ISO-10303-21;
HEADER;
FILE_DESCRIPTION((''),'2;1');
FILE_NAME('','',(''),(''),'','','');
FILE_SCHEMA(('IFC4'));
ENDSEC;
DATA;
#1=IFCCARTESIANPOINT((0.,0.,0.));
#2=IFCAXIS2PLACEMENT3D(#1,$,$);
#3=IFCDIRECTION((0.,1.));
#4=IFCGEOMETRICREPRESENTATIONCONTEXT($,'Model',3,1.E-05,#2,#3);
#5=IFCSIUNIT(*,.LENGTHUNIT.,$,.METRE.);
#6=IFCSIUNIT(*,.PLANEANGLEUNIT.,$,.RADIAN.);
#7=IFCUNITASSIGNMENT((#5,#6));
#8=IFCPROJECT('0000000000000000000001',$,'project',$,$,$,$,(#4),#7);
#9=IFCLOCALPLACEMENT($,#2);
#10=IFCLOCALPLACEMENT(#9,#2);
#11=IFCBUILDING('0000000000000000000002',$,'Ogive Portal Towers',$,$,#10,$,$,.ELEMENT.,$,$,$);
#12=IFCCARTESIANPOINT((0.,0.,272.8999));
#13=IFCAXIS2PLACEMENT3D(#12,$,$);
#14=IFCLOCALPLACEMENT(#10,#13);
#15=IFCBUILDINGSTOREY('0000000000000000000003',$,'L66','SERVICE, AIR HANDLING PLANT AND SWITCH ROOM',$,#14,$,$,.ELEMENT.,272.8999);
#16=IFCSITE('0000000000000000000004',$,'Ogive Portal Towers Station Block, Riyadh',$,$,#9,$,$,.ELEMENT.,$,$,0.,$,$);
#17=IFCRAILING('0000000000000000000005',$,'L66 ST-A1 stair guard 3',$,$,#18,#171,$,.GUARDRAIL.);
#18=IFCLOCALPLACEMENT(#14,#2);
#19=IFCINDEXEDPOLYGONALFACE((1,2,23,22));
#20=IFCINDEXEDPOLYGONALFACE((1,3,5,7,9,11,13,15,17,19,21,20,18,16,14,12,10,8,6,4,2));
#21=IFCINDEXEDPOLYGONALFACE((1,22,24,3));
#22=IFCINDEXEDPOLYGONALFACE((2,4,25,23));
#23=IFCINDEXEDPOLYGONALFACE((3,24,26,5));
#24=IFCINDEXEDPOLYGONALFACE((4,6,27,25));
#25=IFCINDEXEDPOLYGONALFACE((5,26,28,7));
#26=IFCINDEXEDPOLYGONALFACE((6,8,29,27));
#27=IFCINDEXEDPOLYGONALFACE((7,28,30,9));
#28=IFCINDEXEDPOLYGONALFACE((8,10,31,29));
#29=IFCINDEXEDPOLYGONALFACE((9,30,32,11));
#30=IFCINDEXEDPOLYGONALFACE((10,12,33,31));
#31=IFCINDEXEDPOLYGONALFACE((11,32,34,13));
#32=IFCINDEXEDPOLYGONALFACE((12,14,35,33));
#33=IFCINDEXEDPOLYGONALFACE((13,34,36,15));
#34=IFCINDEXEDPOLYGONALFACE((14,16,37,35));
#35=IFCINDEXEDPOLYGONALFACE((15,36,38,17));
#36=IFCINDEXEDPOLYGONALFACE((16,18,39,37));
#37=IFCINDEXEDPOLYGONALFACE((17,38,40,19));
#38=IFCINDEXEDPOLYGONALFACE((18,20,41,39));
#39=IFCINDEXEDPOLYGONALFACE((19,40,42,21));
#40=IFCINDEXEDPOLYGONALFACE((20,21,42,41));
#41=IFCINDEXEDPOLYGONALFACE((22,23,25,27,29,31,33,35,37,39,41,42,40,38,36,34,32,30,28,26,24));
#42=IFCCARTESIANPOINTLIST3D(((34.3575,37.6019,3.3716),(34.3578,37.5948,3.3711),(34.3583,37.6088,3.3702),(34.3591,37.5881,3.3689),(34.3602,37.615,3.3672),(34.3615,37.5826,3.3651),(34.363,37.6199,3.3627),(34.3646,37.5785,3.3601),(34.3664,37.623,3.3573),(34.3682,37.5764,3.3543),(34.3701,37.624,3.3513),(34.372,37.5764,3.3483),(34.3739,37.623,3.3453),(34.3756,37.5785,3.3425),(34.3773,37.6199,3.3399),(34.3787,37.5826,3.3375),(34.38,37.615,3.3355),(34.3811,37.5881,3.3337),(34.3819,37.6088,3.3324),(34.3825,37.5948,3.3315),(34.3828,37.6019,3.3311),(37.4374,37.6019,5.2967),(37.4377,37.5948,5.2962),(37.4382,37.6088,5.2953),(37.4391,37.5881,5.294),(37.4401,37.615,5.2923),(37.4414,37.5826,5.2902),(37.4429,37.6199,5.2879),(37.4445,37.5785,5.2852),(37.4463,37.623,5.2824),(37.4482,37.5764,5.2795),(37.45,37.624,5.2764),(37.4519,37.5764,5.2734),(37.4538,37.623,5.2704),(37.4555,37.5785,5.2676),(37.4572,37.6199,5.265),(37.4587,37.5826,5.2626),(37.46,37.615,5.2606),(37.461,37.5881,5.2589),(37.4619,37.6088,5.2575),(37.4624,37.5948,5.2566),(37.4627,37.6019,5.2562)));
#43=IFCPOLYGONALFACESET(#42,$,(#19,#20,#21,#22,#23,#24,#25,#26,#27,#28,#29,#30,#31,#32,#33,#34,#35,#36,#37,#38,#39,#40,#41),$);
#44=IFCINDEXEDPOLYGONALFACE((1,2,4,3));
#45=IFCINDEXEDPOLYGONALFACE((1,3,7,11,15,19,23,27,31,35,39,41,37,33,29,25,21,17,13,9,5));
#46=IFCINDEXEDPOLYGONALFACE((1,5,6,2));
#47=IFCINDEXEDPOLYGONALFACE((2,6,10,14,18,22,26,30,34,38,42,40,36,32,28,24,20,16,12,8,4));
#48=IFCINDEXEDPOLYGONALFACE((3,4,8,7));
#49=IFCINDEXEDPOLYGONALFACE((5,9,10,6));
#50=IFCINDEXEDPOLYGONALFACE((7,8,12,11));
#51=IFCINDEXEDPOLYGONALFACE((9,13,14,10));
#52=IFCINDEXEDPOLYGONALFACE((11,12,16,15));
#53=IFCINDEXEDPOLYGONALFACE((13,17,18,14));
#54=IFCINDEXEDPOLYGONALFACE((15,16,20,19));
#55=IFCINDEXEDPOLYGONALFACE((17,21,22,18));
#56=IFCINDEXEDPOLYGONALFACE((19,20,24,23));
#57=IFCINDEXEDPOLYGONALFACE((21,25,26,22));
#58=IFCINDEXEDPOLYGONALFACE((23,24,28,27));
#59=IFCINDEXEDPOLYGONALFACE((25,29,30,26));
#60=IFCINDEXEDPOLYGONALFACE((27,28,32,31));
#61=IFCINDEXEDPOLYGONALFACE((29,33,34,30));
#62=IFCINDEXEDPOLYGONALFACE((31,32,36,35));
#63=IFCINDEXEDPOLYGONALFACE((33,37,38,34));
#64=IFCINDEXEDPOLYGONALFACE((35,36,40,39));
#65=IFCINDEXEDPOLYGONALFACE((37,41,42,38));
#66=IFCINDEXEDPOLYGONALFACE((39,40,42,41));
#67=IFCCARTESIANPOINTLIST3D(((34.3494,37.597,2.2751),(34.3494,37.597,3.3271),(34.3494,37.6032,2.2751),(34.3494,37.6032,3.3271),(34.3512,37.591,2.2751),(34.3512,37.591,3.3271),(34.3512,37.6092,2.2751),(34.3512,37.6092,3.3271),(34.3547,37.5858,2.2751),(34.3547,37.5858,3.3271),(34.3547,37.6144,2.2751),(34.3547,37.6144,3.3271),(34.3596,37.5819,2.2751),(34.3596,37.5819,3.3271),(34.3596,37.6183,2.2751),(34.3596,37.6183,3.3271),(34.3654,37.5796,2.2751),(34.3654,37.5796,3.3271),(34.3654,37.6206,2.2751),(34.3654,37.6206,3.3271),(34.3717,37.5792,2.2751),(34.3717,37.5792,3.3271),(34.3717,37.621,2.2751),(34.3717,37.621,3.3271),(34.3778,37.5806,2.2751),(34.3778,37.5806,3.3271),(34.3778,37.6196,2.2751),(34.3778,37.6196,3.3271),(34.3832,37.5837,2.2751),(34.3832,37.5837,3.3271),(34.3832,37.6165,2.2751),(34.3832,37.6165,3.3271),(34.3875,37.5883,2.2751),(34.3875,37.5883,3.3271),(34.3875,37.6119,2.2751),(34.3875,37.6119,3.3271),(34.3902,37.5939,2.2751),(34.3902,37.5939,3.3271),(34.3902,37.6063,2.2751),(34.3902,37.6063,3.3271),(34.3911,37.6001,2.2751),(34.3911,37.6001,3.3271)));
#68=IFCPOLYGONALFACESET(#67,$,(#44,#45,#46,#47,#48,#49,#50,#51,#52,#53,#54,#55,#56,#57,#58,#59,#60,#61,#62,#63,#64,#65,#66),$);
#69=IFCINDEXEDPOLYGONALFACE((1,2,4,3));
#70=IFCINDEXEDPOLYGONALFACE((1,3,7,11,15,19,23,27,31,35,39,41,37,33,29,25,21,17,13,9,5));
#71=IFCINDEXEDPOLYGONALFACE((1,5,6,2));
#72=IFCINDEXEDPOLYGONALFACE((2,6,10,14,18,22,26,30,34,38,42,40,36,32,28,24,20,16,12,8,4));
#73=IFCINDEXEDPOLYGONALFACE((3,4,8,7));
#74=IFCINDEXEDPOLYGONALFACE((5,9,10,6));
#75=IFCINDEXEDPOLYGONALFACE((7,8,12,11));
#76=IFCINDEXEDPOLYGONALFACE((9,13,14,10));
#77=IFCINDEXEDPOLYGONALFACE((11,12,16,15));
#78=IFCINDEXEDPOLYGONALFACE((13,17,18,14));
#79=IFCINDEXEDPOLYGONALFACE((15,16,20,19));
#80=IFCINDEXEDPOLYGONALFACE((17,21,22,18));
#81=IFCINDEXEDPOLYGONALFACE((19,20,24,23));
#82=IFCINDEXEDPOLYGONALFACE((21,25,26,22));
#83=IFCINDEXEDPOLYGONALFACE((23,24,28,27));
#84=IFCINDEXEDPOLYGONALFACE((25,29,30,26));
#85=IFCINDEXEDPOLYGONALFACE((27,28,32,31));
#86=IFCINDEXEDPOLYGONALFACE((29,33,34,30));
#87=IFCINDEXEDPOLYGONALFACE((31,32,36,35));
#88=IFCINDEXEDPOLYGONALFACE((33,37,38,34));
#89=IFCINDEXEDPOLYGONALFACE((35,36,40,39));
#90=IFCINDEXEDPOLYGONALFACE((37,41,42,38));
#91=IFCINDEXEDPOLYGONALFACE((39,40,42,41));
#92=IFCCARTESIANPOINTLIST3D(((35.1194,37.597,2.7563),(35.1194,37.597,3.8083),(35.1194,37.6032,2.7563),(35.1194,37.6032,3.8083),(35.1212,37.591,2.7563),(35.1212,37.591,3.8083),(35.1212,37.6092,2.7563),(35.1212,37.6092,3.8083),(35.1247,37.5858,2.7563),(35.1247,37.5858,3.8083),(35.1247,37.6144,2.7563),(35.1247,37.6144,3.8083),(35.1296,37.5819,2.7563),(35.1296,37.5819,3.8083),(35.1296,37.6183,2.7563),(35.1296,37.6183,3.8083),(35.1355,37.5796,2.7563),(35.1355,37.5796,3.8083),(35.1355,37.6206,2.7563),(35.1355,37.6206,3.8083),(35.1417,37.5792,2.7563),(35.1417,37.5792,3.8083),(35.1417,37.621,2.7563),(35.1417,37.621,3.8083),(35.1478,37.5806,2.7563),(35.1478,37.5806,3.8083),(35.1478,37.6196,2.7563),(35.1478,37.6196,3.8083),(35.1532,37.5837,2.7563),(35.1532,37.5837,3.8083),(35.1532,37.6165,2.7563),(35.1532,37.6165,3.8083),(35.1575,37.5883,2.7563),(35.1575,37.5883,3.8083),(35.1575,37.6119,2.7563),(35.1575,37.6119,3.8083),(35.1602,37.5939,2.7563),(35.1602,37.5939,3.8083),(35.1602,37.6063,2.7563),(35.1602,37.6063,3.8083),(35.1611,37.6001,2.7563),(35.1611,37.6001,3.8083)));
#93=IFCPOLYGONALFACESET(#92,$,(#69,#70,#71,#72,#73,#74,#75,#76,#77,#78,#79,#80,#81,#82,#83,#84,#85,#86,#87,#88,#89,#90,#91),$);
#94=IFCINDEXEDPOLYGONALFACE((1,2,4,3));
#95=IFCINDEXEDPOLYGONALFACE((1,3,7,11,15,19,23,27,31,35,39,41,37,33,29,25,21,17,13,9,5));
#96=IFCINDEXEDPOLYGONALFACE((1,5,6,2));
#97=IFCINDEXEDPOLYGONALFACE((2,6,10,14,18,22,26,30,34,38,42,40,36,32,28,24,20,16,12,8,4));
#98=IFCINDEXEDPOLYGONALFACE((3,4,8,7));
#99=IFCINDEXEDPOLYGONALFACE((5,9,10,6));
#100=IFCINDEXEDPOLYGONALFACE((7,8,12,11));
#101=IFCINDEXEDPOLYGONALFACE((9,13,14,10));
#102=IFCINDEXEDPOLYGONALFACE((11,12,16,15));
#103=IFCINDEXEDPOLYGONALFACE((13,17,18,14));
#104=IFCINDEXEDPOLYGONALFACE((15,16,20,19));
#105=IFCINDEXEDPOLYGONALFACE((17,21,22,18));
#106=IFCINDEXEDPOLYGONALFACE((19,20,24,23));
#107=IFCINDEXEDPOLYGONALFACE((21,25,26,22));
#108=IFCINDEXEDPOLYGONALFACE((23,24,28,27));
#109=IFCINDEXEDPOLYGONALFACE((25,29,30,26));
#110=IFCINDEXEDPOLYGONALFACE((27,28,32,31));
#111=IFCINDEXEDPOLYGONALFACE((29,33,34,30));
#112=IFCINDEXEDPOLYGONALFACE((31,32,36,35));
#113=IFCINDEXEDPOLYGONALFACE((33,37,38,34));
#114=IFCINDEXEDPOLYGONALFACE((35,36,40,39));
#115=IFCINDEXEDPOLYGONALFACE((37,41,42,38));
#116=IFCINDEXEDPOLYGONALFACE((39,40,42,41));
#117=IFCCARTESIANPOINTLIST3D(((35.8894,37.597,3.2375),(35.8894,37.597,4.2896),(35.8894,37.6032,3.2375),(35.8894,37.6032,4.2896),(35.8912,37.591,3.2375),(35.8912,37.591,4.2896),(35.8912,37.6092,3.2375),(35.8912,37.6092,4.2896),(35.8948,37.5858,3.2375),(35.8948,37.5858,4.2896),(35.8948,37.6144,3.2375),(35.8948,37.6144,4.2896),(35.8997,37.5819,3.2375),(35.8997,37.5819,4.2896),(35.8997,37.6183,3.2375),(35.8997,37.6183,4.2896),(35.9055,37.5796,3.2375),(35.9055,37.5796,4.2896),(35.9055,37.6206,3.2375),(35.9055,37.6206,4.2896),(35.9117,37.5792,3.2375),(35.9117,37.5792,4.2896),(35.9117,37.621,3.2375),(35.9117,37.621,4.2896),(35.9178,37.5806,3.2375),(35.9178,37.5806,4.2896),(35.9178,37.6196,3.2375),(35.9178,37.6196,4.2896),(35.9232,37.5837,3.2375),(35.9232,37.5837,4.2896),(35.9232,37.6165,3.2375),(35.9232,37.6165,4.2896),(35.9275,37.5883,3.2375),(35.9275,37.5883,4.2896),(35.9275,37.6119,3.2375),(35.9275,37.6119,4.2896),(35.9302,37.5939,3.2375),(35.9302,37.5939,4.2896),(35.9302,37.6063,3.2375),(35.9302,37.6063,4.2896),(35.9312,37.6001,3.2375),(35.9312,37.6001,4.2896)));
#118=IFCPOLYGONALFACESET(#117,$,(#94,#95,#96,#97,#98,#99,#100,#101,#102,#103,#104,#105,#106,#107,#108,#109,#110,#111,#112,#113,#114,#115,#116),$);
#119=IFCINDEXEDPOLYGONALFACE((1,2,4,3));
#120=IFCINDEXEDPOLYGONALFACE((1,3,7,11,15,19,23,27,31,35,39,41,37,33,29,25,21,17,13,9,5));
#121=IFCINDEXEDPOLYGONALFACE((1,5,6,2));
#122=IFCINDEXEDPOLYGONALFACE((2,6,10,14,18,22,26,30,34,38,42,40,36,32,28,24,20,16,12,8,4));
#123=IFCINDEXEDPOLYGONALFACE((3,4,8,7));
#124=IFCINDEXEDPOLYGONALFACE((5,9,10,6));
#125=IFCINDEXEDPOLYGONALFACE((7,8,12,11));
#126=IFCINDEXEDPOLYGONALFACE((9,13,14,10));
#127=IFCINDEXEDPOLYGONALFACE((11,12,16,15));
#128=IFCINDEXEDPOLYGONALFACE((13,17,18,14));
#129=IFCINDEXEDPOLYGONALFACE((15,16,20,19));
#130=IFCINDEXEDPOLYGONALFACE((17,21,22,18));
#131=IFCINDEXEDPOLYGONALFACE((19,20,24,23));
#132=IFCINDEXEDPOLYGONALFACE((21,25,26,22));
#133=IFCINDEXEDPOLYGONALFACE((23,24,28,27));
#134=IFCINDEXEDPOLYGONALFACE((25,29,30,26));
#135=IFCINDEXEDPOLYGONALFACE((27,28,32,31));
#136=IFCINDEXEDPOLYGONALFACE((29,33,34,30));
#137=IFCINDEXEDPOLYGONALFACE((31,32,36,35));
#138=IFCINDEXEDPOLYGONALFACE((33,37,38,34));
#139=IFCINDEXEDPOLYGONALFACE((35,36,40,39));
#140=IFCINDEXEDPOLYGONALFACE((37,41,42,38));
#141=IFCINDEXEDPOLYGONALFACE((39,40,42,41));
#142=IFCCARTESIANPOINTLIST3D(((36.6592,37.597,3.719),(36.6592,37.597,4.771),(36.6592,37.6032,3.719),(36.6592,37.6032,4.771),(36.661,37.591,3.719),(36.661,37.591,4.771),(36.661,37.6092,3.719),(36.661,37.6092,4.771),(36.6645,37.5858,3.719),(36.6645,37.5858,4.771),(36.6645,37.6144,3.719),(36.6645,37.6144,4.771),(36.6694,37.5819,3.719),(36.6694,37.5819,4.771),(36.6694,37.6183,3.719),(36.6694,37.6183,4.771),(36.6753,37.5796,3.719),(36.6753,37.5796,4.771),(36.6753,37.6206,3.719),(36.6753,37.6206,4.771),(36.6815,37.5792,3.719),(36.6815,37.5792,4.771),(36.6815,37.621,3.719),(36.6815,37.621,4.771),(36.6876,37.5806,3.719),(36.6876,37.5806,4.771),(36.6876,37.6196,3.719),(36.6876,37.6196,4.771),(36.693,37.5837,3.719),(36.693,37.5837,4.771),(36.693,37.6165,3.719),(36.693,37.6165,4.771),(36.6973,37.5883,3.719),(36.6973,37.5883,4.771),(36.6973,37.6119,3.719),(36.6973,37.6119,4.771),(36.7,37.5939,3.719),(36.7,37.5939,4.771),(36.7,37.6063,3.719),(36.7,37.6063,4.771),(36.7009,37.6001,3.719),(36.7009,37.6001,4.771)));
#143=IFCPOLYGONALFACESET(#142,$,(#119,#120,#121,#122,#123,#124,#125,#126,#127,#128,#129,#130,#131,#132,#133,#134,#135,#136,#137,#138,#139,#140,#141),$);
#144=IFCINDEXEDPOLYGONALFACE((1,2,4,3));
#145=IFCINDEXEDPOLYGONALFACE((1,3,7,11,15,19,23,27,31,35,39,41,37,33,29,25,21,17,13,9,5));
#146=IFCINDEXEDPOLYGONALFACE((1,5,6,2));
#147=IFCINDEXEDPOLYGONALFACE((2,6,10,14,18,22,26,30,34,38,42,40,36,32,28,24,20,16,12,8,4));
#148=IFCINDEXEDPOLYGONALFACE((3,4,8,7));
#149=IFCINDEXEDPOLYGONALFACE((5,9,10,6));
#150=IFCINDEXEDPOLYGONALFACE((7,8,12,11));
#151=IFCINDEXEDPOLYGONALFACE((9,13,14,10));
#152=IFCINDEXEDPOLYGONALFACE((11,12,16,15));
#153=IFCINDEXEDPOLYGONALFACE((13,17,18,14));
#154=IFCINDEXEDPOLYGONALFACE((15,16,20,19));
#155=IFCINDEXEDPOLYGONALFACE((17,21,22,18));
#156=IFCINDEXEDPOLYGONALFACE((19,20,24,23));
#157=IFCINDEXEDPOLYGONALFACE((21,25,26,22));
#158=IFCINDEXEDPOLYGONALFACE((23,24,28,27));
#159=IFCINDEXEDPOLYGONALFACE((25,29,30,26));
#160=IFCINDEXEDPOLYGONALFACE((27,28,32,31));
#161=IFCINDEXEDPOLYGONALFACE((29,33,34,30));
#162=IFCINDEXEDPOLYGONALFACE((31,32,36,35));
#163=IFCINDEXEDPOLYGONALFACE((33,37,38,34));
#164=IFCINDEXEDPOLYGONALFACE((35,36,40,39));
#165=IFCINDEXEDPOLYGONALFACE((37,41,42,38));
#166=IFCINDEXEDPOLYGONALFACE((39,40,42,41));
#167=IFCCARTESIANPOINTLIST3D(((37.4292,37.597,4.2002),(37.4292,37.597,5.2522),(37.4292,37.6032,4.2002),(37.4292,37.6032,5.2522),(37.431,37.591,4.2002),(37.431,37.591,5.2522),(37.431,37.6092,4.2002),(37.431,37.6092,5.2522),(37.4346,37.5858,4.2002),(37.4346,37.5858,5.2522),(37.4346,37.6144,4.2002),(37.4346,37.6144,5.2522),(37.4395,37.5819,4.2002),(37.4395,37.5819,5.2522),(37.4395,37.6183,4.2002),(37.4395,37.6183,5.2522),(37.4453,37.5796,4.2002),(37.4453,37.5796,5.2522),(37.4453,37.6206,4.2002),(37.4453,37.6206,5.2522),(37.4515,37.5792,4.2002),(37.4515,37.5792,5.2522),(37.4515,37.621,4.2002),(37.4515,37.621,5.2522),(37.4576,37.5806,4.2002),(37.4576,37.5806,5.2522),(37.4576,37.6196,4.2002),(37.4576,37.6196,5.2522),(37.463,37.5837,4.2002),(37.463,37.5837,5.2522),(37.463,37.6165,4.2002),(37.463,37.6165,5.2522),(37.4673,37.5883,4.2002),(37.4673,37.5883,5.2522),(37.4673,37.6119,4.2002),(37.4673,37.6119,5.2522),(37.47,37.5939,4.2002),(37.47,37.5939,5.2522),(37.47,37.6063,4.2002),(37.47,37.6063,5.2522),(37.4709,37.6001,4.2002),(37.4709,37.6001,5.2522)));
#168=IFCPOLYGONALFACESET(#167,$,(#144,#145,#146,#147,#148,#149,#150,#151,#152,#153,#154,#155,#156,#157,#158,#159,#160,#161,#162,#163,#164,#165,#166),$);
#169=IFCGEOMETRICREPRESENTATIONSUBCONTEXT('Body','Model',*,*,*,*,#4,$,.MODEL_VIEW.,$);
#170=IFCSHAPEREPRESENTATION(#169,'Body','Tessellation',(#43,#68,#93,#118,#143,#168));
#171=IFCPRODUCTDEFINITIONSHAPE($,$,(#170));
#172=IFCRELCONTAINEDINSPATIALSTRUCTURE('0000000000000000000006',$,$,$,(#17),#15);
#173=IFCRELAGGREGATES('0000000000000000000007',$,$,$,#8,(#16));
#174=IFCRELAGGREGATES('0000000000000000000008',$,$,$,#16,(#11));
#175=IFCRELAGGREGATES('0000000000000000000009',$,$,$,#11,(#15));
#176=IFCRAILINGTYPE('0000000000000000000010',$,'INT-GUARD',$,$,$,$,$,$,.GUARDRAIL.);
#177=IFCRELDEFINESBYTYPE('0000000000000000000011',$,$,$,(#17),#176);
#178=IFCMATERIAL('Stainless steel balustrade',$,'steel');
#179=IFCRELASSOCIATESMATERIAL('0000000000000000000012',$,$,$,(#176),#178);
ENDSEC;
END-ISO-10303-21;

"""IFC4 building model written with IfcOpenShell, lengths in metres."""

from ifc_helpers import new_model, si_unit, direction, frame, origin, origin_2d, place, context, subcontext, project, spatial, circle, extrude, material, type_object, element, save


model = new_model("IFC4")

# Units and contexts
model_context = context("Model", 3, precision=1e-05, world=origin(), true_north=direction((0.0, 1.0)))
body_context = subcontext(model_context, "Body", "Model", "MODEL_VIEW")
ifc_project = project(units=[si_unit("LENGTHUNIT", "METRE"), si_unit("PLANEANGLEUNIT", "RADIAN")], contexts=[model_context])

# Site, building, storey
site_placement = place(None, origin())
site = spatial("IfcSite", under=ifc_project, at=site_placement, Name="Ogive Portal Towers Station Block, Riyadh", CompositionType="ELEMENT", RefElevation=0.0)
building_placement = place(site_placement, origin())
building = spatial("IfcBuilding", under=site, at=building_placement, Name="Ogive Portal Towers", CompositionType="ELEMENT")
storey_placement = place(building_placement, frame((0.0, 0.0, 272.8999)))
storey = spatial("IfcBuildingStorey", under=building, at=storey_placement, Name="L66", Description="SERVICE, AIR HANDLING PLANT AND SWITCH ROOM", CompositionType="ELEMENT", Elevation=272.8999)

# Railing
ifc_material_1 = material(Name="Stainless steel balustrade", Category="steel")
railing_type_1 = type_object("IfcRailingType", Name="INT-GUARD", PredefinedType="GUARDRAIL", material=ifc_material_1)
railing_1_placement = place(storey_placement, frame((34.3701, 37.6001, 2.2751)))
element("IfcRailing", 1, at=railing_1_placement, inside=storey, type_object=railing_type_1, Name="L66 ST-A1 stair guard 3", PredefinedType="GUARDRAIL", context=body_context, shape_type="SweptSolid", body=[
    extrude(circle(Radius=0.0239, at=origin_2d()), frame((0.0, 0.0, 1.0762), z_axis=(0.847979, 0.0, 0.530029), x_axis=(0.0, 1.0, 0.0)), (0.0, 0.0, 1.0), 3.6321),
    extrude(circle(Radius=0.021, at=origin_2d()), origin(), (0.0, 0.0, 1.0), 1.052),
    extrude(circle(Radius=0.021, at=origin_2d()), frame((0.77, 0.0, 0.4812)), (0.0, 0.0, 1.0), 1.052),
    extrude(circle(Radius=0.021, at=origin_2d()), frame((1.54, 0.0, 0.9624)), (0.0, 0.0, 1.0), 1.052),
    extrude(circle(Radius=0.021, at=origin_2d()), frame((2.3098, 0.0, 1.4438)), (0.0, 0.0, 1.0), 1.052),
    extrude(circle(Radius=0.021, at=origin_2d()), frame((3.0798, 0.0, 1.925)), (0.0, 0.0, 1.0), 1.052),
])

save(model, "model.ifc")
